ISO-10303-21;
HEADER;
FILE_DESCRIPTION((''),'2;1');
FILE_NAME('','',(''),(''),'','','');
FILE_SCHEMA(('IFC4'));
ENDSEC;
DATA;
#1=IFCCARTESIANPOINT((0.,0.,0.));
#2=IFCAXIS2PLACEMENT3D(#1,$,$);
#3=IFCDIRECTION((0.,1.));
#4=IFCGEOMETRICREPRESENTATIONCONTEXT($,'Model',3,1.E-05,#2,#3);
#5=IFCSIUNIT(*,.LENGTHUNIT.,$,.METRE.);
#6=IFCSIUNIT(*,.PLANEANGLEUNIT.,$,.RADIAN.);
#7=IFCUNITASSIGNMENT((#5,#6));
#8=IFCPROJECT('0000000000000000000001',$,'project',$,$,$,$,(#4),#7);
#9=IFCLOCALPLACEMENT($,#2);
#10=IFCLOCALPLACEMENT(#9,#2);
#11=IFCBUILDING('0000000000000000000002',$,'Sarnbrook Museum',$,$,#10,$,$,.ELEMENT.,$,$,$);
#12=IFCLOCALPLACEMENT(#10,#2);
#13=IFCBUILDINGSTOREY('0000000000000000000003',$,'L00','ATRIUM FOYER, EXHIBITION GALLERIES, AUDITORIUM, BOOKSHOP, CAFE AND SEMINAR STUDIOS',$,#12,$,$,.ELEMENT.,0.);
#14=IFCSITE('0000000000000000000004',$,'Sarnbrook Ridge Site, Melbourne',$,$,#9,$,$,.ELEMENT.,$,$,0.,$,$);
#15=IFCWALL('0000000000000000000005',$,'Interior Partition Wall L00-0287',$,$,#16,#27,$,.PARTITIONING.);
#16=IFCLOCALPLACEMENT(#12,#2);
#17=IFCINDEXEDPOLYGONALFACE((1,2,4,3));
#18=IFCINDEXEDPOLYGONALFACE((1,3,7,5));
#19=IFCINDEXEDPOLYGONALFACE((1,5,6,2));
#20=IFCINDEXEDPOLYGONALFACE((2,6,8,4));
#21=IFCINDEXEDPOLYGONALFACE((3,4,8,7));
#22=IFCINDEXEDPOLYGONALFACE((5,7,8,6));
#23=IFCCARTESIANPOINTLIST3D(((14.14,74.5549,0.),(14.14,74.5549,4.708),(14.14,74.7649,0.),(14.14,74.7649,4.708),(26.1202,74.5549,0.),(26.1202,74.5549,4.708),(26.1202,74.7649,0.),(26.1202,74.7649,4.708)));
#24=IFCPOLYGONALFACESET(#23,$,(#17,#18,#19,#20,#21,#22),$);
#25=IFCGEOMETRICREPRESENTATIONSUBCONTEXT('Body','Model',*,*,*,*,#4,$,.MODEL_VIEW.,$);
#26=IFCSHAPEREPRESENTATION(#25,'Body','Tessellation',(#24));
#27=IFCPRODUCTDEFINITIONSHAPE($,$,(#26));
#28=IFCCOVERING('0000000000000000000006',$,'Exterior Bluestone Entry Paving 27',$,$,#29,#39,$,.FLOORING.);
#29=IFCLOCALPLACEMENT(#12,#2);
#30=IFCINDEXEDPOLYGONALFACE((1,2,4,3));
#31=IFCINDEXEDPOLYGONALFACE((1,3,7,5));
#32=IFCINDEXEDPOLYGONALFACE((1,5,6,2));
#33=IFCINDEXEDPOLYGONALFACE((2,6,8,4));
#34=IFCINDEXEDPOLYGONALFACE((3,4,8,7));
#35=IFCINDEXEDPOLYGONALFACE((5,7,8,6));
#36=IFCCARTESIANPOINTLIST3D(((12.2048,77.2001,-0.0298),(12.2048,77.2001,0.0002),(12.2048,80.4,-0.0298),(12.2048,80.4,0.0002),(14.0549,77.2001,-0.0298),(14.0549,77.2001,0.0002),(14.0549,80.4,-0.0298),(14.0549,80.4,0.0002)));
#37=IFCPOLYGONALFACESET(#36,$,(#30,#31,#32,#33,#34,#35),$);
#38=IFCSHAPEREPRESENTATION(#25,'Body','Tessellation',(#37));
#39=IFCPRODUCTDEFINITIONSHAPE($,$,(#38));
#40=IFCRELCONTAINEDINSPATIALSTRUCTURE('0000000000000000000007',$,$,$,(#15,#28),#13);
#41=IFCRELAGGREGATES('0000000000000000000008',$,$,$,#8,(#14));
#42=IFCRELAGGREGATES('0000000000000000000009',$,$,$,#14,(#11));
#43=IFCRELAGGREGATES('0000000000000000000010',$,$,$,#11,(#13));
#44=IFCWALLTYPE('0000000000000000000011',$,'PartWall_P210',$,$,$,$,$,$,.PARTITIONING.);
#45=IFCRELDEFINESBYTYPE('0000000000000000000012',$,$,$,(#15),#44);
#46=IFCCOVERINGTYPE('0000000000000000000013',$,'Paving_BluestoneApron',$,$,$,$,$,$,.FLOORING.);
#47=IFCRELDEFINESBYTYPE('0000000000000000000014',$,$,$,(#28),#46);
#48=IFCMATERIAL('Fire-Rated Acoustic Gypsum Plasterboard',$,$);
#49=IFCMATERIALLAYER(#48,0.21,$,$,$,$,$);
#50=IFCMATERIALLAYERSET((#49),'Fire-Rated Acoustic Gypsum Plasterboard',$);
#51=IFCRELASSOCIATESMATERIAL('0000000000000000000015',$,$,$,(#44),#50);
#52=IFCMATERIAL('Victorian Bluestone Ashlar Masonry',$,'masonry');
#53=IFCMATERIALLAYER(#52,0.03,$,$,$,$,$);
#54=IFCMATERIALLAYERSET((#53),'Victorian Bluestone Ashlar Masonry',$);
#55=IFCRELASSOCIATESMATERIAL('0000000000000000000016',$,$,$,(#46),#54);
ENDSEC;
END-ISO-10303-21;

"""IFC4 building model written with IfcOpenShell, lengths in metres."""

from ifc_helpers import new_model, si_unit, direction, frame, frame_2d, origin, origin_2d, place, context, subcontext, project, spatial, rectangle, extrude, material, layer, layer_set, type_object, element, save


model = new_model("IFC4")

# Units and contexts
model_context = context("Model", 3, precision=1e-05, world=origin(), true_north=direction((0.0, 1.0)))
body_context = subcontext(model_context, "Body", "Model", "MODEL_VIEW")
ifc_project = project(units=[si_unit("LENGTHUNIT", "METRE"), si_unit("PLANEANGLEUNIT", "RADIAN")], contexts=[model_context])

# Site, building, storey
site_placement = place(None, origin())
site = spatial("IfcSite", under=ifc_project, at=site_placement, Name="Sarnbrook Ridge Site, Melbourne", CompositionType="ELEMENT", RefElevation=0.0)
building_placement = place(site_placement, origin())
building = spatial("IfcBuilding", under=site, at=building_placement, Name="Sarnbrook Museum", CompositionType="ELEMENT")
storey_placement = place(building_placement, origin())
storey = spatial("IfcBuildingStorey", under=building, at=storey_placement, Name="L00", Description="ATRIUM FOYER, EXHIBITION GALLERIES, AUDITORIUM, BOOKSHOP, CAFE AND SEMINAR STUDIOS", CompositionType="ELEMENT", Elevation=0.0)

# Wall
ifc_material_1 = material(Name="Fire-Rated Acoustic Gypsum Plasterboard")
ifc_layer_1 = layer(ifc_material_1, 0.21)
ifc_layer_set_1 = layer_set([ifc_layer_1], Name="Fire-Rated Acoustic Gypsum Plasterboard")
wall_type_1 = type_object("IfcWallType", Name="PartWall_P210", PredefinedType="PARTITIONING", material=ifc_layer_set_1)
wall_1_placement = place(storey_placement, frame((14.1399, 74.6599, 0.0), z_axis=(0.0, 0.0, 1.0), x_axis=(1.0, 0.0, 0.0)))
element("IfcWall", 1, at=wall_1_placement, inside=storey, type_object=wall_type_1, Name="Interior Partition Wall L00-0287", PredefinedType="PARTITIONING", context=body_context, shape_type="SweptSolid", body=[
    extrude(rectangle(XDim=11.9802, YDim=0.21, at=frame_2d((5.9902, 0.0))), origin(), (0.0, 0.0, 1.0), 4.708),
])

# Covering
ifc_material_2 = material(Name="Victorian Bluestone Ashlar Masonry", Category="masonry")
ifc_layer_2 = layer(ifc_material_2, 0.03)
ifc_layer_set_2 = layer_set([ifc_layer_2], Name="Victorian Bluestone Ashlar Masonry")
covering_type = type_object("IfcCoveringType", Name="Paving_BluestoneApron", PredefinedType="FLOORING", material=ifc_layer_set_2)
covering_placement = place(storey_placement, frame((13.1299, 78.8, -0.0298), z_axis=(0.0, 0.0, 1.0), x_axis=(1.0, 0.0, 0.0)))
element("IfcCovering", 2, at=covering_placement, inside=storey, type_object=covering_type, Name="Exterior Bluestone Entry Paving 27", PredefinedType="FLOORING", context=body_context, shape_type="SweptSolid", body=[
    extrude(rectangle(XDim=1.8501, YDim=3.2, at=origin_2d()), origin(), (0.0, 0.0, 1.0), 0.03),
])

save(model, "model.ifc")
